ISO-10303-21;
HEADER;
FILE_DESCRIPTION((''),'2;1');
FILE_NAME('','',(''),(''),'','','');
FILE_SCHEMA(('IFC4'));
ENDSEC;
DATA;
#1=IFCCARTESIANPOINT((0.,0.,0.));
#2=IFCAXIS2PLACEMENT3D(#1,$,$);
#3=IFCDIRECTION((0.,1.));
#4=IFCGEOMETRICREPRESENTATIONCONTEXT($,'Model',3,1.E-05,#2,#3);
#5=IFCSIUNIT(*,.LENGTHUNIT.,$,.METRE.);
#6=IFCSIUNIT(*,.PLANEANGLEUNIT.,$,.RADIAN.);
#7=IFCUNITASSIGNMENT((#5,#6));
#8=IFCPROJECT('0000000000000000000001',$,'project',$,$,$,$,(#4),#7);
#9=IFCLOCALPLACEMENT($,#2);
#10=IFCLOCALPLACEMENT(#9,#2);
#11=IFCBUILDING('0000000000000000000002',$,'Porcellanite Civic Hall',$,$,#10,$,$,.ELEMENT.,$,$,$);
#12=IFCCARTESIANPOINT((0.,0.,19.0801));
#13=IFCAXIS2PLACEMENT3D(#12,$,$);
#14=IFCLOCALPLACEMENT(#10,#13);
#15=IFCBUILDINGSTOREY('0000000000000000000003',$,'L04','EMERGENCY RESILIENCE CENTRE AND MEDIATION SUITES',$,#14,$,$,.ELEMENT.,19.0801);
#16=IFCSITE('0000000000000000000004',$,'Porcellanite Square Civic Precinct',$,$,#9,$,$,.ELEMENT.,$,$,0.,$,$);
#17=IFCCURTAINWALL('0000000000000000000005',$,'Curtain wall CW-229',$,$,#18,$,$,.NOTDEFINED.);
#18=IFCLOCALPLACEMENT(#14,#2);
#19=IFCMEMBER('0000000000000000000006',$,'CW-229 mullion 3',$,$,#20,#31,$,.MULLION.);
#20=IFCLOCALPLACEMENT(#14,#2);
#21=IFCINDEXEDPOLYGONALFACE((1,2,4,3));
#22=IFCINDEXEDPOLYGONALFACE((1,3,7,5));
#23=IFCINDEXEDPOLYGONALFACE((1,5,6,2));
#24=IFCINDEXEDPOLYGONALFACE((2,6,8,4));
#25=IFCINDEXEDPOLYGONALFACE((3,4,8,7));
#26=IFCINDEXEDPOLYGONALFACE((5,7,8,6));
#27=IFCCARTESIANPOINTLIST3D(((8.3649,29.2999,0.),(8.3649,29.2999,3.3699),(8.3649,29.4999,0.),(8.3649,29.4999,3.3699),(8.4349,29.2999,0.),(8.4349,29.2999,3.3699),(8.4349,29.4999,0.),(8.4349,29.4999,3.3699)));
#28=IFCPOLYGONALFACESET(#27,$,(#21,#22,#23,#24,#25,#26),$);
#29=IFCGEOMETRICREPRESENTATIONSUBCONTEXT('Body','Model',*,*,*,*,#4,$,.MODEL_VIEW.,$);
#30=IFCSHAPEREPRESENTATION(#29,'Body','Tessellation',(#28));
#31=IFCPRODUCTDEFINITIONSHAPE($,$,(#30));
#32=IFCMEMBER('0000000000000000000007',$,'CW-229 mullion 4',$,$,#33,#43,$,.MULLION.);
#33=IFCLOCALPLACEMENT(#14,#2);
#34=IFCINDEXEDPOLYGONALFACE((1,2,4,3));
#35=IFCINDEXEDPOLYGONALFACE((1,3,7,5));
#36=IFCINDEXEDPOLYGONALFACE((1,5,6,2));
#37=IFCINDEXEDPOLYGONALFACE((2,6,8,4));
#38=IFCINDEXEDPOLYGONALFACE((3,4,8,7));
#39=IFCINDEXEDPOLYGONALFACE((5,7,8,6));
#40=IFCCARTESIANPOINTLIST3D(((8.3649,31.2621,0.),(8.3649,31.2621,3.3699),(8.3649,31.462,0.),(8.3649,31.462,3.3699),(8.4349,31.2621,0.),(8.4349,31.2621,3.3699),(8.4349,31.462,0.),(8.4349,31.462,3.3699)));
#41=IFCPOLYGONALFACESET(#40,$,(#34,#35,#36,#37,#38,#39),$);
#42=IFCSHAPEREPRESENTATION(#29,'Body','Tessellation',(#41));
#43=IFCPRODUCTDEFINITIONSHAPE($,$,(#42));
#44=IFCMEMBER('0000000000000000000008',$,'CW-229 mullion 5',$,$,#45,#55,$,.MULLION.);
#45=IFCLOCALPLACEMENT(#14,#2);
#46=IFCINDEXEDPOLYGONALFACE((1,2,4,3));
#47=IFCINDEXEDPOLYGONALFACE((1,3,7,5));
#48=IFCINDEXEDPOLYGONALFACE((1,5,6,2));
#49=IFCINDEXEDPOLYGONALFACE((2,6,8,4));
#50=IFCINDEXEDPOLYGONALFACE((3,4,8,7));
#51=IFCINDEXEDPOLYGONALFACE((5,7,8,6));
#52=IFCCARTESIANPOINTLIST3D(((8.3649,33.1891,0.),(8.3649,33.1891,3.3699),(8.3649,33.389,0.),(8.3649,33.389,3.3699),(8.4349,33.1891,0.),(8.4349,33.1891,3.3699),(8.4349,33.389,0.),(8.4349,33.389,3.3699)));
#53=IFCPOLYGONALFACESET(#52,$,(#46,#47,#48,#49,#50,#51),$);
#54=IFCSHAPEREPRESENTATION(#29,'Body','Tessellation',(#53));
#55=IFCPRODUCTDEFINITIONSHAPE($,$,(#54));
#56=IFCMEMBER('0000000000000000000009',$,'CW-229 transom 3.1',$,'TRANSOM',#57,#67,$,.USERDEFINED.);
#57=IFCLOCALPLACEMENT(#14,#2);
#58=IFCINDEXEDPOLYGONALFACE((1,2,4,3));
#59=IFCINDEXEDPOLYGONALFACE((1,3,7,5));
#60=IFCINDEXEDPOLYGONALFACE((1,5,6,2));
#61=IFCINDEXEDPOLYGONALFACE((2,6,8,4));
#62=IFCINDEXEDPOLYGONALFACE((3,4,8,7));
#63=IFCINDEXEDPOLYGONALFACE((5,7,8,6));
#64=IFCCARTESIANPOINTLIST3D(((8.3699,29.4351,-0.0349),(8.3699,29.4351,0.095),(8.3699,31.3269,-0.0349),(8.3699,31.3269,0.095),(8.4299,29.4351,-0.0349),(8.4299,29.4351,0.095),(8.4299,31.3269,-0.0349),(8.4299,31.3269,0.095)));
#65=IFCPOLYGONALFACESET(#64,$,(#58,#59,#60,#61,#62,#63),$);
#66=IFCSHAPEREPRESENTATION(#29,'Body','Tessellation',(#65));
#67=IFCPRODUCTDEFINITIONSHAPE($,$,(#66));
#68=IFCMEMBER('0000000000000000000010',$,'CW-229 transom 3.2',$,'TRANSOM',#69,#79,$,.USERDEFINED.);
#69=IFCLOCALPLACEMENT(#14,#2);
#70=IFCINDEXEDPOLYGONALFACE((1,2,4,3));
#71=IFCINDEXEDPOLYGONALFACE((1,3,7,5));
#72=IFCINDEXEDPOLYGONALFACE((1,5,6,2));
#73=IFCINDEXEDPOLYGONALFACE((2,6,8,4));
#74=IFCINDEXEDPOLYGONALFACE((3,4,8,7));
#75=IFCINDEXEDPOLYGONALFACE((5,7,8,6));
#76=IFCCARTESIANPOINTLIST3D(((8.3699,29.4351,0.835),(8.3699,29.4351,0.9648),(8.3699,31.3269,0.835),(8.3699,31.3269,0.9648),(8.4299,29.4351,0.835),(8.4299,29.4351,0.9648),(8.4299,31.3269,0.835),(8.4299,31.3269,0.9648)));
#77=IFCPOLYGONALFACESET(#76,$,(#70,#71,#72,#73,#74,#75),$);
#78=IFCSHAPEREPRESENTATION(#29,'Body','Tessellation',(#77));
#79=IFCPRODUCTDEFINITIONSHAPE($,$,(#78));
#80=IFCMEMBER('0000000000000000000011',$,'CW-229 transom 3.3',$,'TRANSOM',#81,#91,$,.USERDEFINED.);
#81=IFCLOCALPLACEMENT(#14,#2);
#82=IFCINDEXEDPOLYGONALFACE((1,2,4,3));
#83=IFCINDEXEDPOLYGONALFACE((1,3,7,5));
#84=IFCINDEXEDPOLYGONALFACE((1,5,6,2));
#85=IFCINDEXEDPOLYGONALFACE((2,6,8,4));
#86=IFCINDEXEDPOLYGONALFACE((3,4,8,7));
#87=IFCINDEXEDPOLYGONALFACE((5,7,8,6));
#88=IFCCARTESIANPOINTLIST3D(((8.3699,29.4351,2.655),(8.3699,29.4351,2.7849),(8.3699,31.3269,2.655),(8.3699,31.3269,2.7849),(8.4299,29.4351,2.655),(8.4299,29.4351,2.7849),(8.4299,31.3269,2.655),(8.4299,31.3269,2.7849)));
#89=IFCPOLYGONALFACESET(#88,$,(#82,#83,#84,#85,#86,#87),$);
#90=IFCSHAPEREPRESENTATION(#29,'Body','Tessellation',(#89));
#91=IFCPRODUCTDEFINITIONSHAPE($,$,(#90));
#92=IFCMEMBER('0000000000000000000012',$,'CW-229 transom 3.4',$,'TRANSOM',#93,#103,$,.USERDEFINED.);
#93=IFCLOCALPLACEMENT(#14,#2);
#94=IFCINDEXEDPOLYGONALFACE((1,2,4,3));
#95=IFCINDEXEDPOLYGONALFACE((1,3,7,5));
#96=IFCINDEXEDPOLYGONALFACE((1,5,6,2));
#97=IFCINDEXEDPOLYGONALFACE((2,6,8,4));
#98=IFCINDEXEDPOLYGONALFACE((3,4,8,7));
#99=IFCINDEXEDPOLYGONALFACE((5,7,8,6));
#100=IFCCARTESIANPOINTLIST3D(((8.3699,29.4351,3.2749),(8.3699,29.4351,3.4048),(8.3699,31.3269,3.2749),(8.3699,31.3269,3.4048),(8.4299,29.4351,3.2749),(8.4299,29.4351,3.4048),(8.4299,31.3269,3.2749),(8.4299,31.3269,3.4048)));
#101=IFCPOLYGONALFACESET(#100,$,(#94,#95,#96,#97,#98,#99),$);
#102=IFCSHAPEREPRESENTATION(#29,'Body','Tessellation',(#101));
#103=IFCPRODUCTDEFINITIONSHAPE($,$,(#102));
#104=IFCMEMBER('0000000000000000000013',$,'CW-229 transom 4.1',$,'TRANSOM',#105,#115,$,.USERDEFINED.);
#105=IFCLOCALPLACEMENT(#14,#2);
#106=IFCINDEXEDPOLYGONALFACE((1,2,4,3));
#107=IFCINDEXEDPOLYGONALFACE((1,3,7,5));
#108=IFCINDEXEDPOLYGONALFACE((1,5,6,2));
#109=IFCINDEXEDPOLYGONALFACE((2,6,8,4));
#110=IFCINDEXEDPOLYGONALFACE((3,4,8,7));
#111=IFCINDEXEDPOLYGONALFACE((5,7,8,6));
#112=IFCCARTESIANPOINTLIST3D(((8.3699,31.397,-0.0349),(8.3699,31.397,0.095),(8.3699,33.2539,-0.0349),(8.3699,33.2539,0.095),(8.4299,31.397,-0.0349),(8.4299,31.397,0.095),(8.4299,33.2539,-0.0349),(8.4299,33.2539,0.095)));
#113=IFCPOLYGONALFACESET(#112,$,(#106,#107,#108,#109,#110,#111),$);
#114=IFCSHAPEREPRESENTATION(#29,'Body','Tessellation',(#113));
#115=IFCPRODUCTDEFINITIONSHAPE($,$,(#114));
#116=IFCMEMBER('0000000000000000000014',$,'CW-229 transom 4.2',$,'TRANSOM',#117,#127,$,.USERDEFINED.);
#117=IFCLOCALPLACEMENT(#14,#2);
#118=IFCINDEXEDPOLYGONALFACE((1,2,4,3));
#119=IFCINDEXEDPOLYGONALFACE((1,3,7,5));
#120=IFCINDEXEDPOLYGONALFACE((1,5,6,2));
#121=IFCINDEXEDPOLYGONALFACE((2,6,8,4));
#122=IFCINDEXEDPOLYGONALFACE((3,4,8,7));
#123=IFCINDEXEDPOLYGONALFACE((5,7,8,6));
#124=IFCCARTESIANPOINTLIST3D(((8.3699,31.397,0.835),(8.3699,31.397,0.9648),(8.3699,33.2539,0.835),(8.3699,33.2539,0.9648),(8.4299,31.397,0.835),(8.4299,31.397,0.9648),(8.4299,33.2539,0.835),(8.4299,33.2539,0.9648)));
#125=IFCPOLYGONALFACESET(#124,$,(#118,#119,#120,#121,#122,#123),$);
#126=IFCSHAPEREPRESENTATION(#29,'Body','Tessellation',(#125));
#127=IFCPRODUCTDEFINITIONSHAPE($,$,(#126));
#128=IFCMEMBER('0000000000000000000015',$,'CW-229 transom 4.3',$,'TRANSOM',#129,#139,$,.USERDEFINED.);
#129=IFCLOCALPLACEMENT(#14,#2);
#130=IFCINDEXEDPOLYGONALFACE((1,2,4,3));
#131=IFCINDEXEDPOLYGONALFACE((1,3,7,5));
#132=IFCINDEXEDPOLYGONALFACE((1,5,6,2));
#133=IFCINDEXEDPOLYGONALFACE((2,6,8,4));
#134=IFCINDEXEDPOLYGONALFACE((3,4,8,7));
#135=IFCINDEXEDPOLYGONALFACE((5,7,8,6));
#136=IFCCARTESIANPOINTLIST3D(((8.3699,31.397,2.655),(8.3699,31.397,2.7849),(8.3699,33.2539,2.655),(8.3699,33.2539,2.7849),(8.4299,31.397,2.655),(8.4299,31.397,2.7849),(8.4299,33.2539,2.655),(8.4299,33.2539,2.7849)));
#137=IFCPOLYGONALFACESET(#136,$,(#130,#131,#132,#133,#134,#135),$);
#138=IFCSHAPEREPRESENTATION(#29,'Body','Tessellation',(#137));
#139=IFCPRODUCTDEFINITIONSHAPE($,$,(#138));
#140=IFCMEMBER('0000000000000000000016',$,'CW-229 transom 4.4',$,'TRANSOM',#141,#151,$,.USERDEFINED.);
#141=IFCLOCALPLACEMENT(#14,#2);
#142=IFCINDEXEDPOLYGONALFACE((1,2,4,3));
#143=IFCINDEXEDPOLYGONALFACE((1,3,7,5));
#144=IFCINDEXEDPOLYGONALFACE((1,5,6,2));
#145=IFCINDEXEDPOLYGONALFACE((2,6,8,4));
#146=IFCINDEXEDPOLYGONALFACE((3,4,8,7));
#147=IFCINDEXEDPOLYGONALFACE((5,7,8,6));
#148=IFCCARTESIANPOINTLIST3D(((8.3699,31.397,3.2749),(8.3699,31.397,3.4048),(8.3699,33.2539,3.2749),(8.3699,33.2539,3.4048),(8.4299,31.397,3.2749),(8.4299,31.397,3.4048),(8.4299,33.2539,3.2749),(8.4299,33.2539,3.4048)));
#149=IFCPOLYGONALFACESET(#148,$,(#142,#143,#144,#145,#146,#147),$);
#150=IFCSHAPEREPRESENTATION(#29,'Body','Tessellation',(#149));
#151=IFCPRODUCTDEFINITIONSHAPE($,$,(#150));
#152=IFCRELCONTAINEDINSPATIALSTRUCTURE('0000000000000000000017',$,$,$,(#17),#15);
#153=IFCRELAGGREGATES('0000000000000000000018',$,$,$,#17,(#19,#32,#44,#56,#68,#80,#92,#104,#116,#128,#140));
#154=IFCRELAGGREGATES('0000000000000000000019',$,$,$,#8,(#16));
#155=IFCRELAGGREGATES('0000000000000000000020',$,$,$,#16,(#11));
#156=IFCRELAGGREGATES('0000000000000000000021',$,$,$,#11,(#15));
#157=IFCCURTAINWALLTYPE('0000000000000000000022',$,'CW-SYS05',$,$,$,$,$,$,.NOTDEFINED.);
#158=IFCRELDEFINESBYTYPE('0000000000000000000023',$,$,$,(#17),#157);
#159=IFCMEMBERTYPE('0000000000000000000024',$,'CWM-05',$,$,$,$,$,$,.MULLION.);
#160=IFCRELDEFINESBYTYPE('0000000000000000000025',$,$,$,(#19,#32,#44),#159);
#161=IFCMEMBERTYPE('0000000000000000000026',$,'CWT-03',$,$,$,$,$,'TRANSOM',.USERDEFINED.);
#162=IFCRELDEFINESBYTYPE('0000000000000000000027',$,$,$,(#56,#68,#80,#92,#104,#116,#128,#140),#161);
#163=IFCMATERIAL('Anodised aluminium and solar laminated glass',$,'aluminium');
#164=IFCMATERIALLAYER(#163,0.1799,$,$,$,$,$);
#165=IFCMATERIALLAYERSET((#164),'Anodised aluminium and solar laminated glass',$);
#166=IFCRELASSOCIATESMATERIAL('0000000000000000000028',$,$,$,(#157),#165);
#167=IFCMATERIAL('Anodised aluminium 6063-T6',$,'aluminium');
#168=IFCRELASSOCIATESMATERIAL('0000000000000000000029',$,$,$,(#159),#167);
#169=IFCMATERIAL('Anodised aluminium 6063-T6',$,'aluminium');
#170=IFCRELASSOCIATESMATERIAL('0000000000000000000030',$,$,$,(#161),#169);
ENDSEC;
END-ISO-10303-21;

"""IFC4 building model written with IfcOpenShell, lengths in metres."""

from ifc_helpers import new_model, si_unit, direction, frame, origin, origin_2d, place, context, subcontext, project, spatial, rectangle, extrude, material, layer, layer_set, material_profile, profile_set, type_object, element, aggregate, save


model = new_model("IFC4")

# Units and contexts
model_context = context("Model", 3, precision=1e-05, world=origin(), true_north=direction((0.0, 1.0)))
body_context = subcontext(model_context, "Body", "Model", "MODEL_VIEW")
ifc_project = project(units=[si_unit("LENGTHUNIT", "METRE"), si_unit("PLANEANGLEUNIT", "RADIAN")], contexts=[model_context])

# Site, building, storey
site_placement = place(None, origin())
site = spatial("IfcSite", under=ifc_project, at=site_placement, Name="Porcellanite Square Civic Precinct", CompositionType="ELEMENT", RefElevation=0.0)
building_placement = place(site_placement, origin())
building = spatial("IfcBuilding", under=site, at=building_placement, Name="Porcellanite Civic Hall", CompositionType="ELEMENT")
storey_placement = place(building_placement, frame((0.0, 0.0, 19.0801)))
storey = spatial("IfcBuildingStorey", under=building, at=storey_placement, Name="L04", Description="EMERGENCY RESILIENCE CENTRE AND MEDIATION SUITES", CompositionType="ELEMENT", Elevation=19.0801)

# Curtain wall, members
ifc_material_1 = material(Name="Anodised aluminium and solar laminated glass", Category="aluminium")
ifc_layer_1 = layer(ifc_material_1, 0.1799)
ifc_layer_set_1 = layer_set([ifc_layer_1], Name="Anodised aluminium and solar laminated glass")
curtain_wall_type = type_object("IfcCurtainWallType", Name="CW-SYS05", PredefinedType="NOTDEFINED", material=ifc_layer_set_1)
curtain_wall_placement = place(storey_placement, origin())
curtain_wall = element("IfcCurtainWall", 1, at=curtain_wall_placement, inside=storey, type_object=curtain_wall_type, Name="Curtain wall CW-229", PredefinedType="NOTDEFINED")
ifc_material_2 = material(Name="Anodised aluminium 6063-T6", Category="aluminium")
ifc_material_profile_1 = material_profile(ifc_material_2, rectangle(XDim=0.0701, YDim=0.2, at=origin_2d()), Name="AL-70x200")
ifc_profile_set_1 = profile_set([ifc_material_profile_1], Name="Anodised aluminium 6063-T6")
member_type_1 = type_object("IfcMemberType", Name="CWM-05", PredefinedType="MULLION", material=ifc_profile_set_1)
member_1_placement = place(storey_placement, frame((8.3999, 29.3999, 0.0), z_axis=(0.0, 0.0, 1.0), x_axis=(-1.0, 0.0, 0.0)))
member_1 = element("IfcMember", 2, at=member_1_placement, type_object=member_type_1, Name="CW-229 mullion 3", PredefinedType="MULLION", context=body_context, shape_type="SweptSolid", body=[
    extrude(rectangle(XDim=0.0701, YDim=0.2, at=origin_2d()), origin(), (0.0, 0.0, 1.0), 3.3699),
])
member_2_placement = place(storey_placement, frame((8.3999, 31.3621, 0.0), z_axis=(0.0, 0.0, 1.0), x_axis=(-1.0, 0.0, 0.0)))
member_2 = element("IfcMember", 3, at=member_2_placement, type_object=member_type_1, Name="CW-229 mullion 4", PredefinedType="MULLION", context=body_context, shape_type="SweptSolid", body=[
    extrude(rectangle(XDim=0.0701, YDim=0.2, at=origin_2d()), origin(), (0.0, 0.0, 1.0), 3.3699),
])
member_3_placement = place(storey_placement, frame((8.3999, 33.2891, 0.0), z_axis=(0.0, 0.0, 1.0), x_axis=(-1.0, 0.0, 0.0)))
member_3 = element("IfcMember", 4, at=member_3_placement, type_object=member_type_1, Name="CW-229 mullion 5", PredefinedType="MULLION", context=body_context, shape_type="SweptSolid", body=[
    extrude(rectangle(XDim=0.0701, YDim=0.2, at=origin_2d()), origin(), (0.0, 0.0, 1.0), 3.3699),
])
ifc_material_3 = material(Name="Anodised aluminium 6063-T6", Category="aluminium")
ifc_material_profile_2 = material_profile(ifc_material_3, rectangle(XDim=0.0601, YDim=0.1299, at=origin_2d()), Name="AL-60x130")
ifc_profile_set_2 = profile_set([ifc_material_profile_2], Name="Anodised aluminium 6063-T6")
member_type_2 = type_object("IfcMemberType", Name="CWT-03", ElementType="TRANSOM", PredefinedType="USERDEFINED", material=ifc_profile_set_2)
member_4_placement = place(storey_placement, frame((8.3999, 29.4351, 0.03), z_axis=(0.0, 1.0, 0.0), x_axis=(-1.0, 0.0, 0.0)))
member_4 = element("IfcMember", 5, at=member_4_placement, type_object=member_type_2, Name="CW-229 transom 3.1", ObjectType="TRANSOM", PredefinedType="USERDEFINED", context=body_context, shape_type="SweptSolid", body=[
    extrude(rectangle(XDim=0.0601, YDim=0.1299, at=origin_2d()), origin(), (0.0, 0.0, 1.0), 1.8918),
])
member_5_placement = place(storey_placement, frame((8.3999, 29.4351, 0.8999), z_axis=(0.0, 1.0, 0.0), x_axis=(-1.0, 0.0, 0.0)))
member_5 = element("IfcMember", 6, at=member_5_placement, type_object=member_type_2, Name="CW-229 transom 3.2", ObjectType="TRANSOM", PredefinedType="USERDEFINED", context=body_context, shape_type="SweptSolid", body=[
    extrude(rectangle(XDim=0.0601, YDim=0.1299, at=origin_2d()), origin(), (0.0, 0.0, 1.0), 1.8918),
])
member_6_placement = place(storey_placement, frame((8.3999, 29.4351, 2.72), z_axis=(0.0, 1.0, 0.0), x_axis=(-1.0, 0.0, 0.0)))
member_6 = element("IfcMember", 7, at=member_6_placement, type_object=member_type_2, Name="CW-229 transom 3.3", ObjectType="TRANSOM", PredefinedType="USERDEFINED", context=body_context, shape_type="SweptSolid", body=[
    extrude(rectangle(XDim=0.0601, YDim=0.1299, at=origin_2d()), origin(), (0.0, 0.0, 1.0), 1.8918),
])
member_7_placement = place(storey_placement, frame((8.3999, 29.4351, 3.3398), z_axis=(0.0, 1.0, 0.0), x_axis=(-1.0, 0.0, 0.0)))
member_7 = element("IfcMember", 8, at=member_7_placement, type_object=member_type_2, Name="CW-229 transom 3.4", ObjectType="TRANSOM", PredefinedType="USERDEFINED", context=body_context, shape_type="SweptSolid", body=[
    extrude(rectangle(XDim=0.0601, YDim=0.1299, at=origin_2d()), origin(), (0.0, 0.0, 1.0), 1.8918),
])
member_8_placement = place(storey_placement, frame((8.3999, 31.397, 0.03), z_axis=(0.0, 1.0, 0.0), x_axis=(-1.0, 0.0, 0.0)))
member_8 = element("IfcMember", 9, at=member_8_placement, type_object=member_type_2, Name="CW-229 transom 4.1", ObjectType="TRANSOM", PredefinedType="USERDEFINED", context=body_context, shape_type="SweptSolid", body=[
    extrude(rectangle(XDim=0.0601, YDim=0.1299, at=origin_2d()), origin(), (0.0, 0.0, 1.0), 1.8569),
])
member_9_placement = place(storey_placement, frame((8.3999, 31.397, 0.8999), z_axis=(0.0, 1.0, 0.0), x_axis=(-1.0, 0.0, 0.0)))
member_9 = element("IfcMember", 10, at=member_9_placement, type_object=member_type_2, Name="CW-229 transom 4.2", ObjectType="TRANSOM", PredefinedType="USERDEFINED", context=body_context, shape_type="SweptSolid", body=[
    extrude(rectangle(XDim=0.0601, YDim=0.1299, at=origin_2d()), origin(), (0.0, 0.0, 1.0), 1.8569),
])
member_10_placement = place(storey_placement, frame((8.3999, 31.397, 2.72), z_axis=(0.0, 1.0, 0.0), x_axis=(-1.0, 0.0, 0.0)))
member_10 = element("IfcMember", 11, at=member_10_placement, type_object=member_type_2, Name="CW-229 transom 4.3", ObjectType="TRANSOM", PredefinedType="USERDEFINED", context=body_context, shape_type="SweptSolid", body=[
    extrude(rectangle(XDim=0.0601, YDim=0.1299, at=origin_2d()), origin(), (0.0, 0.0, 1.0), 1.8569),
])
member_11_placement = place(storey_placement, frame((8.3999, 31.397, 3.3398), z_axis=(0.0, 1.0, 0.0), x_axis=(-1.0, 0.0, 0.0)))
member_11 = element("IfcMember", 12, at=member_11_placement, type_object=member_type_2, Name="CW-229 transom 4.4", ObjectType="TRANSOM", PredefinedType="USERDEFINED", context=body_context, shape_type="SweptSolid", body=[
    extrude(rectangle(XDim=0.0601, YDim=0.1299, at=origin_2d()), origin(), (0.0, 0.0, 1.0), 1.8569),
])

aggregate(curtain_wall, [member_1, member_2, member_3, member_4, member_5, member_6, member_7, member_8, member_9, member_10, member_11])

save(model, "model.ifc")
